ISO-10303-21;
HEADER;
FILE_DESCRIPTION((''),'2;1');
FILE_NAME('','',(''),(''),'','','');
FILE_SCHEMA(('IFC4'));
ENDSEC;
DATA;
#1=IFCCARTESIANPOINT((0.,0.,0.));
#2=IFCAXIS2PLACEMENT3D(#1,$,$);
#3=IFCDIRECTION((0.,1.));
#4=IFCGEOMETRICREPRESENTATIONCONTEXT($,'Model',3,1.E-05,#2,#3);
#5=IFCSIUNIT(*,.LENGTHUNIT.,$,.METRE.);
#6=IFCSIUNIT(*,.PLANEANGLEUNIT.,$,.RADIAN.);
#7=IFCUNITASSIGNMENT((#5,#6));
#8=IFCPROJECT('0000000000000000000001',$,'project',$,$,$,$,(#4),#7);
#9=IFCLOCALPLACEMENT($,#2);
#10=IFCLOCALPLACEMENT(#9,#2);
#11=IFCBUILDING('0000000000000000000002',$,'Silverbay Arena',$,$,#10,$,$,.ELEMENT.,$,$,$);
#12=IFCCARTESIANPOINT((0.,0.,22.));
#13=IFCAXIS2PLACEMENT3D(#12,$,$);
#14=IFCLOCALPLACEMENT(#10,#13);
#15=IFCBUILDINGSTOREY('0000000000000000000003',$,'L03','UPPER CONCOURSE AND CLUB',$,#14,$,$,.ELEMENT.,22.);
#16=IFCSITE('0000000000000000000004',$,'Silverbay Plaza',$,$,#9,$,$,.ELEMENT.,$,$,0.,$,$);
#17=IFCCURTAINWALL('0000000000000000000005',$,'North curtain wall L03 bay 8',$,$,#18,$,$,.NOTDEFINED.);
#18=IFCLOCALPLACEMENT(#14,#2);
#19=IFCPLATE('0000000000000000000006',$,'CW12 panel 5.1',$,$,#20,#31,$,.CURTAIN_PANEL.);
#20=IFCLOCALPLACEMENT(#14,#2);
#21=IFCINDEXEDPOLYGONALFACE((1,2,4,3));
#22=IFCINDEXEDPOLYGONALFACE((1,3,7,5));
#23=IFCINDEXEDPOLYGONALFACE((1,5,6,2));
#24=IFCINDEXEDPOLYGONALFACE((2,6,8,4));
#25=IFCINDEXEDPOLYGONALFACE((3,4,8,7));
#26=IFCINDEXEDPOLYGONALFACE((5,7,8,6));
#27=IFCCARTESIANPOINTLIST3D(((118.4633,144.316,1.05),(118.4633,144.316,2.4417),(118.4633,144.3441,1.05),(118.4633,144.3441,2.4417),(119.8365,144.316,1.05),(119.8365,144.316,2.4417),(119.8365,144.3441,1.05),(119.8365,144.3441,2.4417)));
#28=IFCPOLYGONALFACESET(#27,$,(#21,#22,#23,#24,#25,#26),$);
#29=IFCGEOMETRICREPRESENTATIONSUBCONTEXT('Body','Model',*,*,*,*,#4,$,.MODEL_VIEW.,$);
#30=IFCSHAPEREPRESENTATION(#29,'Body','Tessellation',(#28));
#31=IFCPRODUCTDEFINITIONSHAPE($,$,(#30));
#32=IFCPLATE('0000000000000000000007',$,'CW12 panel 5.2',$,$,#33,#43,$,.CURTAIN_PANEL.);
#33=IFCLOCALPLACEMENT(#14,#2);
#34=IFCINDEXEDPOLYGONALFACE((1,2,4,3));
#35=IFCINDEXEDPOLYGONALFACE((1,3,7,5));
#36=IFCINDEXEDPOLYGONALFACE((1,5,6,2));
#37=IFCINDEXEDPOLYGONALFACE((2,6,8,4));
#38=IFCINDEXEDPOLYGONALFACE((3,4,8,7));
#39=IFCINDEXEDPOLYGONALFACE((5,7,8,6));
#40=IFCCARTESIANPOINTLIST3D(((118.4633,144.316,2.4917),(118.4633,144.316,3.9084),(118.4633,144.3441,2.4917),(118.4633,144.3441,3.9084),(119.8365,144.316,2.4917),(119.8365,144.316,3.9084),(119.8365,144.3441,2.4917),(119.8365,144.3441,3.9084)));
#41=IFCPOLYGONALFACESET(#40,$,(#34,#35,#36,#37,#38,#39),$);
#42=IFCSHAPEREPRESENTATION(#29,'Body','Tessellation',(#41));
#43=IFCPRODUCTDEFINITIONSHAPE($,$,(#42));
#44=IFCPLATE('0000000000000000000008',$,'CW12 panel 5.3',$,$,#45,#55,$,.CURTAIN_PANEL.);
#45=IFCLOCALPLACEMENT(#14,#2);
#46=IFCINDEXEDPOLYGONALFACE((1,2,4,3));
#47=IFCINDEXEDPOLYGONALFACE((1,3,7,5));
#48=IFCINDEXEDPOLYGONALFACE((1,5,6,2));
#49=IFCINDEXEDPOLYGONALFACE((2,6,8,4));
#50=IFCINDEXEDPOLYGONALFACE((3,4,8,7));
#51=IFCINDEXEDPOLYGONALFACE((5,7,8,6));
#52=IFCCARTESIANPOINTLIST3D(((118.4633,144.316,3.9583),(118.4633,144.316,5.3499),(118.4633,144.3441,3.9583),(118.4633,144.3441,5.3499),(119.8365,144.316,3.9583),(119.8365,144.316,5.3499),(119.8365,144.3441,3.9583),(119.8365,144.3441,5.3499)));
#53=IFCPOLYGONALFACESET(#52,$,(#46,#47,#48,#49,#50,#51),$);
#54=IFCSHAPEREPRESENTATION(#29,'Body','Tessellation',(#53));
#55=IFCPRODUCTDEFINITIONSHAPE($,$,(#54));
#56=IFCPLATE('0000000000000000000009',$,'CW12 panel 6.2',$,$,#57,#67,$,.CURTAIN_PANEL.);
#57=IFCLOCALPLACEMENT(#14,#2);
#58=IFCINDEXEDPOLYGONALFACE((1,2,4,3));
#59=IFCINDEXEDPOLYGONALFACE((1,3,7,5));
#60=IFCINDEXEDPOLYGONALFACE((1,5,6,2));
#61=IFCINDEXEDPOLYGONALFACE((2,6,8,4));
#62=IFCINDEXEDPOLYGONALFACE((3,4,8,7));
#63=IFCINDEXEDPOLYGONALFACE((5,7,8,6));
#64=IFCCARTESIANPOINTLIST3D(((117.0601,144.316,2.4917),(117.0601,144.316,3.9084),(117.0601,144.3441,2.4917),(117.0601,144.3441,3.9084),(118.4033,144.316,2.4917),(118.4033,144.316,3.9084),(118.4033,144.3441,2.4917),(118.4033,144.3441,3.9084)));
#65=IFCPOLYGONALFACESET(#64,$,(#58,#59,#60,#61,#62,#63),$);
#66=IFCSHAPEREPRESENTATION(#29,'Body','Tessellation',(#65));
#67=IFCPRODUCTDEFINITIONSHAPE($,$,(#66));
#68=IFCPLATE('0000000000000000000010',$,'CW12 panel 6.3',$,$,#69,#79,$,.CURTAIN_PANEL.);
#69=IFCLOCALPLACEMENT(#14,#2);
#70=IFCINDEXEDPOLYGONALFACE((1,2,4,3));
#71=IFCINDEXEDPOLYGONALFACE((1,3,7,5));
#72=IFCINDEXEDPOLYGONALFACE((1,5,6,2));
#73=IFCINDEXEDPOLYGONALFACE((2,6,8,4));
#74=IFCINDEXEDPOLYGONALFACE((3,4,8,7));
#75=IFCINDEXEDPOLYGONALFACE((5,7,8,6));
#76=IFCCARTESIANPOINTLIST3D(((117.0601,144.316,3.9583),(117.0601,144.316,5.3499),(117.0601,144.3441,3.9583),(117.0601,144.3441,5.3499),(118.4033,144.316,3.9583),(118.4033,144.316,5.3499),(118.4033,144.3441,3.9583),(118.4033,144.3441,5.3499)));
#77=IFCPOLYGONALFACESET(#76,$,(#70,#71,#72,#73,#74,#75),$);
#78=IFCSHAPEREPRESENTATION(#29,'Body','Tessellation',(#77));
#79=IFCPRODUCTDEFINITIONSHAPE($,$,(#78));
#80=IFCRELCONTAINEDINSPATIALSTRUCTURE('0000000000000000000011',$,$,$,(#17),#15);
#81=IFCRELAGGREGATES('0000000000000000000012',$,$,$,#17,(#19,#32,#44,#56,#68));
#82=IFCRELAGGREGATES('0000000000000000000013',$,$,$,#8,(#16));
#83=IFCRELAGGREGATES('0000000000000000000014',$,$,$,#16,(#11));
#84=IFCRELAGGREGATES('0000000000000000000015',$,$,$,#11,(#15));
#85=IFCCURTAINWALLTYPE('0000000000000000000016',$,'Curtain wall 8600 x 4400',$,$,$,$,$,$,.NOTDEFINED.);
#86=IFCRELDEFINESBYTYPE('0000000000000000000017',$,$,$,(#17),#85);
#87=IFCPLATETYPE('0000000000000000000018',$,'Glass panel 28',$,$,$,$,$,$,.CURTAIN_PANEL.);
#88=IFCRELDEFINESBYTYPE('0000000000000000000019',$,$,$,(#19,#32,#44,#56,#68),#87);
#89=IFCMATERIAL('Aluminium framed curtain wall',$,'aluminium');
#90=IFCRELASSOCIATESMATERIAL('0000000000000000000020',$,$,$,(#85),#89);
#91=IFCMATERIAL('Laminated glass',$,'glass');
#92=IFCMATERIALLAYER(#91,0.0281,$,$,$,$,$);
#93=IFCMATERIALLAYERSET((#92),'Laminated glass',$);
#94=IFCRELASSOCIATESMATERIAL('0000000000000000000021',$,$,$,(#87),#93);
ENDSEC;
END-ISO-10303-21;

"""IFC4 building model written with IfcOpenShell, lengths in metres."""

from ifc_helpers import new_model, si_unit, direction, frame, origin, origin_2d, place, context, subcontext, project, spatial, rectangle, extrude, material, layer, layer_set, type_object, element, aggregate, save


model = new_model("IFC4")

# Units and contexts
model_context = context("Model", 3, precision=1e-05, world=origin(), true_north=direction((0.0, 1.0)))
body_context = subcontext(model_context, "Body", "Model", "MODEL_VIEW")
ifc_project = project(units=[si_unit("LENGTHUNIT", "METRE"), si_unit("PLANEANGLEUNIT", "RADIAN")], contexts=[model_context])

# Site, building, storey
site_placement = place(None, origin())
site = spatial("IfcSite", under=ifc_project, at=site_placement, Name="Silverbay Plaza", CompositionType="ELEMENT", RefElevation=0.0)
building_placement = place(site_placement, origin())
building = spatial("IfcBuilding", under=site, at=building_placement, Name="Silverbay Arena", CompositionType="ELEMENT")
storey_placement = place(building_placement, frame((0.0, 0.0, 22.0)))
storey = spatial("IfcBuildingStorey", under=building, at=storey_placement, Name="L03", Description="UPPER CONCOURSE AND CLUB", CompositionType="ELEMENT", Elevation=22.0)

# Curtain wall, plates
ifc_material_1 = material(Name="Aluminium framed curtain wall", Category="aluminium")
curtain_wall_type = type_object("IfcCurtainWallType", Name="Curtain wall 8600 x 4400", PredefinedType="NOTDEFINED", material=ifc_material_1)
curtain_wall_placement = place(storey_placement, origin())
curtain_wall = element("IfcCurtainWall", 1, at=curtain_wall_placement, inside=storey, type_object=curtain_wall_type, Name="North curtain wall L03 bay 8", PredefinedType="NOTDEFINED")
ifc_material_2 = material(Name="Laminated glass", Category="glass")
ifc_layer = layer(ifc_material_2, 0.0281)
ifc_layer_set = layer_set([ifc_layer], Name="Laminated glass")
plate_type = type_object("IfcPlateType", Name="Glass panel 28", PredefinedType="CURTAIN_PANEL", material=ifc_layer_set)
plate_1_placement = place(storey_placement, frame((119.1499, 144.3301, 1.05), z_axis=(0.0, 0.0, 1.0), x_axis=(-1.0, 0.0, 0.0)))
plate_1 = element("IfcPlate", 2, at=plate_1_placement, type_object=plate_type, Name="CW12 panel 5.1", PredefinedType="CURTAIN_PANEL", context=body_context, shape_type="SweptSolid", body=[
    extrude(rectangle(XDim=1.3733, YDim=0.0281, at=origin_2d()), origin(), (0.0, 0.0, 1.0), 1.3916),
])
plate_2_placement = place(storey_placement, frame((119.1499, 144.3301, 2.4917), z_axis=(0.0, 0.0, 1.0), x_axis=(-1.0, 0.0, 0.0)))
plate_2 = element("IfcPlate", 3, at=plate_2_placement, type_object=plate_type, Name="CW12 panel 5.2", PredefinedType="CURTAIN_PANEL", context=body_context, shape_type="SweptSolid", body=[
    extrude(rectangle(XDim=1.3733, YDim=0.0281, at=origin_2d()), origin(), (0.0, 0.0, 1.0), 1.4167),
])
plate_3_placement = place(storey_placement, frame((119.1499, 144.3301, 3.9583), z_axis=(0.0, 0.0, 1.0), x_axis=(-1.0, 0.0, 0.0)))
plate_3 = element("IfcPlate", 4, at=plate_3_placement, type_object=plate_type, Name="CW12 panel 5.3", PredefinedType="CURTAIN_PANEL", context=body_context, shape_type="SweptSolid", body=[
    extrude(rectangle(XDim=1.3733, YDim=0.0281, at=origin_2d()), origin(), (0.0, 0.0, 1.0), 1.3916),
])
plate_4_placement = place(storey_placement, frame((117.7317, 144.3301, 2.4917), z_axis=(0.0, 0.0, 1.0), x_axis=(-1.0, 0.0, 0.0)))
plate_4 = element("IfcPlate", 5, at=plate_4_placement, type_object=plate_type, Name="CW12 panel 6.2", PredefinedType="CURTAIN_PANEL", context=body_context, shape_type="SweptSolid", body=[
    extrude(rectangle(XDim=1.3433, YDim=0.0281, at=origin_2d()), origin(), (0.0, 0.0, 1.0), 1.4167),
])
plate_5_placement = place(storey_placement, frame((117.7317, 144.3301, 3.9583), z_axis=(0.0, 0.0, 1.0), x_axis=(-1.0, 0.0, 0.0)))
plate_5 = element("IfcPlate", 6, at=plate_5_placement, type_object=plate_type, Name="CW12 panel 6.3", PredefinedType="CURTAIN_PANEL", context=body_context, shape_type="SweptSolid", body=[
    extrude(rectangle(XDim=1.3433, YDim=0.0281, at=origin_2d()), origin(), (0.0, 0.0, 1.0), 1.3916),
])
aggregate(curtain_wall, [plate_1, plate_2, plate_3, plate_4, plate_5])

save(model, "model.ifc")
